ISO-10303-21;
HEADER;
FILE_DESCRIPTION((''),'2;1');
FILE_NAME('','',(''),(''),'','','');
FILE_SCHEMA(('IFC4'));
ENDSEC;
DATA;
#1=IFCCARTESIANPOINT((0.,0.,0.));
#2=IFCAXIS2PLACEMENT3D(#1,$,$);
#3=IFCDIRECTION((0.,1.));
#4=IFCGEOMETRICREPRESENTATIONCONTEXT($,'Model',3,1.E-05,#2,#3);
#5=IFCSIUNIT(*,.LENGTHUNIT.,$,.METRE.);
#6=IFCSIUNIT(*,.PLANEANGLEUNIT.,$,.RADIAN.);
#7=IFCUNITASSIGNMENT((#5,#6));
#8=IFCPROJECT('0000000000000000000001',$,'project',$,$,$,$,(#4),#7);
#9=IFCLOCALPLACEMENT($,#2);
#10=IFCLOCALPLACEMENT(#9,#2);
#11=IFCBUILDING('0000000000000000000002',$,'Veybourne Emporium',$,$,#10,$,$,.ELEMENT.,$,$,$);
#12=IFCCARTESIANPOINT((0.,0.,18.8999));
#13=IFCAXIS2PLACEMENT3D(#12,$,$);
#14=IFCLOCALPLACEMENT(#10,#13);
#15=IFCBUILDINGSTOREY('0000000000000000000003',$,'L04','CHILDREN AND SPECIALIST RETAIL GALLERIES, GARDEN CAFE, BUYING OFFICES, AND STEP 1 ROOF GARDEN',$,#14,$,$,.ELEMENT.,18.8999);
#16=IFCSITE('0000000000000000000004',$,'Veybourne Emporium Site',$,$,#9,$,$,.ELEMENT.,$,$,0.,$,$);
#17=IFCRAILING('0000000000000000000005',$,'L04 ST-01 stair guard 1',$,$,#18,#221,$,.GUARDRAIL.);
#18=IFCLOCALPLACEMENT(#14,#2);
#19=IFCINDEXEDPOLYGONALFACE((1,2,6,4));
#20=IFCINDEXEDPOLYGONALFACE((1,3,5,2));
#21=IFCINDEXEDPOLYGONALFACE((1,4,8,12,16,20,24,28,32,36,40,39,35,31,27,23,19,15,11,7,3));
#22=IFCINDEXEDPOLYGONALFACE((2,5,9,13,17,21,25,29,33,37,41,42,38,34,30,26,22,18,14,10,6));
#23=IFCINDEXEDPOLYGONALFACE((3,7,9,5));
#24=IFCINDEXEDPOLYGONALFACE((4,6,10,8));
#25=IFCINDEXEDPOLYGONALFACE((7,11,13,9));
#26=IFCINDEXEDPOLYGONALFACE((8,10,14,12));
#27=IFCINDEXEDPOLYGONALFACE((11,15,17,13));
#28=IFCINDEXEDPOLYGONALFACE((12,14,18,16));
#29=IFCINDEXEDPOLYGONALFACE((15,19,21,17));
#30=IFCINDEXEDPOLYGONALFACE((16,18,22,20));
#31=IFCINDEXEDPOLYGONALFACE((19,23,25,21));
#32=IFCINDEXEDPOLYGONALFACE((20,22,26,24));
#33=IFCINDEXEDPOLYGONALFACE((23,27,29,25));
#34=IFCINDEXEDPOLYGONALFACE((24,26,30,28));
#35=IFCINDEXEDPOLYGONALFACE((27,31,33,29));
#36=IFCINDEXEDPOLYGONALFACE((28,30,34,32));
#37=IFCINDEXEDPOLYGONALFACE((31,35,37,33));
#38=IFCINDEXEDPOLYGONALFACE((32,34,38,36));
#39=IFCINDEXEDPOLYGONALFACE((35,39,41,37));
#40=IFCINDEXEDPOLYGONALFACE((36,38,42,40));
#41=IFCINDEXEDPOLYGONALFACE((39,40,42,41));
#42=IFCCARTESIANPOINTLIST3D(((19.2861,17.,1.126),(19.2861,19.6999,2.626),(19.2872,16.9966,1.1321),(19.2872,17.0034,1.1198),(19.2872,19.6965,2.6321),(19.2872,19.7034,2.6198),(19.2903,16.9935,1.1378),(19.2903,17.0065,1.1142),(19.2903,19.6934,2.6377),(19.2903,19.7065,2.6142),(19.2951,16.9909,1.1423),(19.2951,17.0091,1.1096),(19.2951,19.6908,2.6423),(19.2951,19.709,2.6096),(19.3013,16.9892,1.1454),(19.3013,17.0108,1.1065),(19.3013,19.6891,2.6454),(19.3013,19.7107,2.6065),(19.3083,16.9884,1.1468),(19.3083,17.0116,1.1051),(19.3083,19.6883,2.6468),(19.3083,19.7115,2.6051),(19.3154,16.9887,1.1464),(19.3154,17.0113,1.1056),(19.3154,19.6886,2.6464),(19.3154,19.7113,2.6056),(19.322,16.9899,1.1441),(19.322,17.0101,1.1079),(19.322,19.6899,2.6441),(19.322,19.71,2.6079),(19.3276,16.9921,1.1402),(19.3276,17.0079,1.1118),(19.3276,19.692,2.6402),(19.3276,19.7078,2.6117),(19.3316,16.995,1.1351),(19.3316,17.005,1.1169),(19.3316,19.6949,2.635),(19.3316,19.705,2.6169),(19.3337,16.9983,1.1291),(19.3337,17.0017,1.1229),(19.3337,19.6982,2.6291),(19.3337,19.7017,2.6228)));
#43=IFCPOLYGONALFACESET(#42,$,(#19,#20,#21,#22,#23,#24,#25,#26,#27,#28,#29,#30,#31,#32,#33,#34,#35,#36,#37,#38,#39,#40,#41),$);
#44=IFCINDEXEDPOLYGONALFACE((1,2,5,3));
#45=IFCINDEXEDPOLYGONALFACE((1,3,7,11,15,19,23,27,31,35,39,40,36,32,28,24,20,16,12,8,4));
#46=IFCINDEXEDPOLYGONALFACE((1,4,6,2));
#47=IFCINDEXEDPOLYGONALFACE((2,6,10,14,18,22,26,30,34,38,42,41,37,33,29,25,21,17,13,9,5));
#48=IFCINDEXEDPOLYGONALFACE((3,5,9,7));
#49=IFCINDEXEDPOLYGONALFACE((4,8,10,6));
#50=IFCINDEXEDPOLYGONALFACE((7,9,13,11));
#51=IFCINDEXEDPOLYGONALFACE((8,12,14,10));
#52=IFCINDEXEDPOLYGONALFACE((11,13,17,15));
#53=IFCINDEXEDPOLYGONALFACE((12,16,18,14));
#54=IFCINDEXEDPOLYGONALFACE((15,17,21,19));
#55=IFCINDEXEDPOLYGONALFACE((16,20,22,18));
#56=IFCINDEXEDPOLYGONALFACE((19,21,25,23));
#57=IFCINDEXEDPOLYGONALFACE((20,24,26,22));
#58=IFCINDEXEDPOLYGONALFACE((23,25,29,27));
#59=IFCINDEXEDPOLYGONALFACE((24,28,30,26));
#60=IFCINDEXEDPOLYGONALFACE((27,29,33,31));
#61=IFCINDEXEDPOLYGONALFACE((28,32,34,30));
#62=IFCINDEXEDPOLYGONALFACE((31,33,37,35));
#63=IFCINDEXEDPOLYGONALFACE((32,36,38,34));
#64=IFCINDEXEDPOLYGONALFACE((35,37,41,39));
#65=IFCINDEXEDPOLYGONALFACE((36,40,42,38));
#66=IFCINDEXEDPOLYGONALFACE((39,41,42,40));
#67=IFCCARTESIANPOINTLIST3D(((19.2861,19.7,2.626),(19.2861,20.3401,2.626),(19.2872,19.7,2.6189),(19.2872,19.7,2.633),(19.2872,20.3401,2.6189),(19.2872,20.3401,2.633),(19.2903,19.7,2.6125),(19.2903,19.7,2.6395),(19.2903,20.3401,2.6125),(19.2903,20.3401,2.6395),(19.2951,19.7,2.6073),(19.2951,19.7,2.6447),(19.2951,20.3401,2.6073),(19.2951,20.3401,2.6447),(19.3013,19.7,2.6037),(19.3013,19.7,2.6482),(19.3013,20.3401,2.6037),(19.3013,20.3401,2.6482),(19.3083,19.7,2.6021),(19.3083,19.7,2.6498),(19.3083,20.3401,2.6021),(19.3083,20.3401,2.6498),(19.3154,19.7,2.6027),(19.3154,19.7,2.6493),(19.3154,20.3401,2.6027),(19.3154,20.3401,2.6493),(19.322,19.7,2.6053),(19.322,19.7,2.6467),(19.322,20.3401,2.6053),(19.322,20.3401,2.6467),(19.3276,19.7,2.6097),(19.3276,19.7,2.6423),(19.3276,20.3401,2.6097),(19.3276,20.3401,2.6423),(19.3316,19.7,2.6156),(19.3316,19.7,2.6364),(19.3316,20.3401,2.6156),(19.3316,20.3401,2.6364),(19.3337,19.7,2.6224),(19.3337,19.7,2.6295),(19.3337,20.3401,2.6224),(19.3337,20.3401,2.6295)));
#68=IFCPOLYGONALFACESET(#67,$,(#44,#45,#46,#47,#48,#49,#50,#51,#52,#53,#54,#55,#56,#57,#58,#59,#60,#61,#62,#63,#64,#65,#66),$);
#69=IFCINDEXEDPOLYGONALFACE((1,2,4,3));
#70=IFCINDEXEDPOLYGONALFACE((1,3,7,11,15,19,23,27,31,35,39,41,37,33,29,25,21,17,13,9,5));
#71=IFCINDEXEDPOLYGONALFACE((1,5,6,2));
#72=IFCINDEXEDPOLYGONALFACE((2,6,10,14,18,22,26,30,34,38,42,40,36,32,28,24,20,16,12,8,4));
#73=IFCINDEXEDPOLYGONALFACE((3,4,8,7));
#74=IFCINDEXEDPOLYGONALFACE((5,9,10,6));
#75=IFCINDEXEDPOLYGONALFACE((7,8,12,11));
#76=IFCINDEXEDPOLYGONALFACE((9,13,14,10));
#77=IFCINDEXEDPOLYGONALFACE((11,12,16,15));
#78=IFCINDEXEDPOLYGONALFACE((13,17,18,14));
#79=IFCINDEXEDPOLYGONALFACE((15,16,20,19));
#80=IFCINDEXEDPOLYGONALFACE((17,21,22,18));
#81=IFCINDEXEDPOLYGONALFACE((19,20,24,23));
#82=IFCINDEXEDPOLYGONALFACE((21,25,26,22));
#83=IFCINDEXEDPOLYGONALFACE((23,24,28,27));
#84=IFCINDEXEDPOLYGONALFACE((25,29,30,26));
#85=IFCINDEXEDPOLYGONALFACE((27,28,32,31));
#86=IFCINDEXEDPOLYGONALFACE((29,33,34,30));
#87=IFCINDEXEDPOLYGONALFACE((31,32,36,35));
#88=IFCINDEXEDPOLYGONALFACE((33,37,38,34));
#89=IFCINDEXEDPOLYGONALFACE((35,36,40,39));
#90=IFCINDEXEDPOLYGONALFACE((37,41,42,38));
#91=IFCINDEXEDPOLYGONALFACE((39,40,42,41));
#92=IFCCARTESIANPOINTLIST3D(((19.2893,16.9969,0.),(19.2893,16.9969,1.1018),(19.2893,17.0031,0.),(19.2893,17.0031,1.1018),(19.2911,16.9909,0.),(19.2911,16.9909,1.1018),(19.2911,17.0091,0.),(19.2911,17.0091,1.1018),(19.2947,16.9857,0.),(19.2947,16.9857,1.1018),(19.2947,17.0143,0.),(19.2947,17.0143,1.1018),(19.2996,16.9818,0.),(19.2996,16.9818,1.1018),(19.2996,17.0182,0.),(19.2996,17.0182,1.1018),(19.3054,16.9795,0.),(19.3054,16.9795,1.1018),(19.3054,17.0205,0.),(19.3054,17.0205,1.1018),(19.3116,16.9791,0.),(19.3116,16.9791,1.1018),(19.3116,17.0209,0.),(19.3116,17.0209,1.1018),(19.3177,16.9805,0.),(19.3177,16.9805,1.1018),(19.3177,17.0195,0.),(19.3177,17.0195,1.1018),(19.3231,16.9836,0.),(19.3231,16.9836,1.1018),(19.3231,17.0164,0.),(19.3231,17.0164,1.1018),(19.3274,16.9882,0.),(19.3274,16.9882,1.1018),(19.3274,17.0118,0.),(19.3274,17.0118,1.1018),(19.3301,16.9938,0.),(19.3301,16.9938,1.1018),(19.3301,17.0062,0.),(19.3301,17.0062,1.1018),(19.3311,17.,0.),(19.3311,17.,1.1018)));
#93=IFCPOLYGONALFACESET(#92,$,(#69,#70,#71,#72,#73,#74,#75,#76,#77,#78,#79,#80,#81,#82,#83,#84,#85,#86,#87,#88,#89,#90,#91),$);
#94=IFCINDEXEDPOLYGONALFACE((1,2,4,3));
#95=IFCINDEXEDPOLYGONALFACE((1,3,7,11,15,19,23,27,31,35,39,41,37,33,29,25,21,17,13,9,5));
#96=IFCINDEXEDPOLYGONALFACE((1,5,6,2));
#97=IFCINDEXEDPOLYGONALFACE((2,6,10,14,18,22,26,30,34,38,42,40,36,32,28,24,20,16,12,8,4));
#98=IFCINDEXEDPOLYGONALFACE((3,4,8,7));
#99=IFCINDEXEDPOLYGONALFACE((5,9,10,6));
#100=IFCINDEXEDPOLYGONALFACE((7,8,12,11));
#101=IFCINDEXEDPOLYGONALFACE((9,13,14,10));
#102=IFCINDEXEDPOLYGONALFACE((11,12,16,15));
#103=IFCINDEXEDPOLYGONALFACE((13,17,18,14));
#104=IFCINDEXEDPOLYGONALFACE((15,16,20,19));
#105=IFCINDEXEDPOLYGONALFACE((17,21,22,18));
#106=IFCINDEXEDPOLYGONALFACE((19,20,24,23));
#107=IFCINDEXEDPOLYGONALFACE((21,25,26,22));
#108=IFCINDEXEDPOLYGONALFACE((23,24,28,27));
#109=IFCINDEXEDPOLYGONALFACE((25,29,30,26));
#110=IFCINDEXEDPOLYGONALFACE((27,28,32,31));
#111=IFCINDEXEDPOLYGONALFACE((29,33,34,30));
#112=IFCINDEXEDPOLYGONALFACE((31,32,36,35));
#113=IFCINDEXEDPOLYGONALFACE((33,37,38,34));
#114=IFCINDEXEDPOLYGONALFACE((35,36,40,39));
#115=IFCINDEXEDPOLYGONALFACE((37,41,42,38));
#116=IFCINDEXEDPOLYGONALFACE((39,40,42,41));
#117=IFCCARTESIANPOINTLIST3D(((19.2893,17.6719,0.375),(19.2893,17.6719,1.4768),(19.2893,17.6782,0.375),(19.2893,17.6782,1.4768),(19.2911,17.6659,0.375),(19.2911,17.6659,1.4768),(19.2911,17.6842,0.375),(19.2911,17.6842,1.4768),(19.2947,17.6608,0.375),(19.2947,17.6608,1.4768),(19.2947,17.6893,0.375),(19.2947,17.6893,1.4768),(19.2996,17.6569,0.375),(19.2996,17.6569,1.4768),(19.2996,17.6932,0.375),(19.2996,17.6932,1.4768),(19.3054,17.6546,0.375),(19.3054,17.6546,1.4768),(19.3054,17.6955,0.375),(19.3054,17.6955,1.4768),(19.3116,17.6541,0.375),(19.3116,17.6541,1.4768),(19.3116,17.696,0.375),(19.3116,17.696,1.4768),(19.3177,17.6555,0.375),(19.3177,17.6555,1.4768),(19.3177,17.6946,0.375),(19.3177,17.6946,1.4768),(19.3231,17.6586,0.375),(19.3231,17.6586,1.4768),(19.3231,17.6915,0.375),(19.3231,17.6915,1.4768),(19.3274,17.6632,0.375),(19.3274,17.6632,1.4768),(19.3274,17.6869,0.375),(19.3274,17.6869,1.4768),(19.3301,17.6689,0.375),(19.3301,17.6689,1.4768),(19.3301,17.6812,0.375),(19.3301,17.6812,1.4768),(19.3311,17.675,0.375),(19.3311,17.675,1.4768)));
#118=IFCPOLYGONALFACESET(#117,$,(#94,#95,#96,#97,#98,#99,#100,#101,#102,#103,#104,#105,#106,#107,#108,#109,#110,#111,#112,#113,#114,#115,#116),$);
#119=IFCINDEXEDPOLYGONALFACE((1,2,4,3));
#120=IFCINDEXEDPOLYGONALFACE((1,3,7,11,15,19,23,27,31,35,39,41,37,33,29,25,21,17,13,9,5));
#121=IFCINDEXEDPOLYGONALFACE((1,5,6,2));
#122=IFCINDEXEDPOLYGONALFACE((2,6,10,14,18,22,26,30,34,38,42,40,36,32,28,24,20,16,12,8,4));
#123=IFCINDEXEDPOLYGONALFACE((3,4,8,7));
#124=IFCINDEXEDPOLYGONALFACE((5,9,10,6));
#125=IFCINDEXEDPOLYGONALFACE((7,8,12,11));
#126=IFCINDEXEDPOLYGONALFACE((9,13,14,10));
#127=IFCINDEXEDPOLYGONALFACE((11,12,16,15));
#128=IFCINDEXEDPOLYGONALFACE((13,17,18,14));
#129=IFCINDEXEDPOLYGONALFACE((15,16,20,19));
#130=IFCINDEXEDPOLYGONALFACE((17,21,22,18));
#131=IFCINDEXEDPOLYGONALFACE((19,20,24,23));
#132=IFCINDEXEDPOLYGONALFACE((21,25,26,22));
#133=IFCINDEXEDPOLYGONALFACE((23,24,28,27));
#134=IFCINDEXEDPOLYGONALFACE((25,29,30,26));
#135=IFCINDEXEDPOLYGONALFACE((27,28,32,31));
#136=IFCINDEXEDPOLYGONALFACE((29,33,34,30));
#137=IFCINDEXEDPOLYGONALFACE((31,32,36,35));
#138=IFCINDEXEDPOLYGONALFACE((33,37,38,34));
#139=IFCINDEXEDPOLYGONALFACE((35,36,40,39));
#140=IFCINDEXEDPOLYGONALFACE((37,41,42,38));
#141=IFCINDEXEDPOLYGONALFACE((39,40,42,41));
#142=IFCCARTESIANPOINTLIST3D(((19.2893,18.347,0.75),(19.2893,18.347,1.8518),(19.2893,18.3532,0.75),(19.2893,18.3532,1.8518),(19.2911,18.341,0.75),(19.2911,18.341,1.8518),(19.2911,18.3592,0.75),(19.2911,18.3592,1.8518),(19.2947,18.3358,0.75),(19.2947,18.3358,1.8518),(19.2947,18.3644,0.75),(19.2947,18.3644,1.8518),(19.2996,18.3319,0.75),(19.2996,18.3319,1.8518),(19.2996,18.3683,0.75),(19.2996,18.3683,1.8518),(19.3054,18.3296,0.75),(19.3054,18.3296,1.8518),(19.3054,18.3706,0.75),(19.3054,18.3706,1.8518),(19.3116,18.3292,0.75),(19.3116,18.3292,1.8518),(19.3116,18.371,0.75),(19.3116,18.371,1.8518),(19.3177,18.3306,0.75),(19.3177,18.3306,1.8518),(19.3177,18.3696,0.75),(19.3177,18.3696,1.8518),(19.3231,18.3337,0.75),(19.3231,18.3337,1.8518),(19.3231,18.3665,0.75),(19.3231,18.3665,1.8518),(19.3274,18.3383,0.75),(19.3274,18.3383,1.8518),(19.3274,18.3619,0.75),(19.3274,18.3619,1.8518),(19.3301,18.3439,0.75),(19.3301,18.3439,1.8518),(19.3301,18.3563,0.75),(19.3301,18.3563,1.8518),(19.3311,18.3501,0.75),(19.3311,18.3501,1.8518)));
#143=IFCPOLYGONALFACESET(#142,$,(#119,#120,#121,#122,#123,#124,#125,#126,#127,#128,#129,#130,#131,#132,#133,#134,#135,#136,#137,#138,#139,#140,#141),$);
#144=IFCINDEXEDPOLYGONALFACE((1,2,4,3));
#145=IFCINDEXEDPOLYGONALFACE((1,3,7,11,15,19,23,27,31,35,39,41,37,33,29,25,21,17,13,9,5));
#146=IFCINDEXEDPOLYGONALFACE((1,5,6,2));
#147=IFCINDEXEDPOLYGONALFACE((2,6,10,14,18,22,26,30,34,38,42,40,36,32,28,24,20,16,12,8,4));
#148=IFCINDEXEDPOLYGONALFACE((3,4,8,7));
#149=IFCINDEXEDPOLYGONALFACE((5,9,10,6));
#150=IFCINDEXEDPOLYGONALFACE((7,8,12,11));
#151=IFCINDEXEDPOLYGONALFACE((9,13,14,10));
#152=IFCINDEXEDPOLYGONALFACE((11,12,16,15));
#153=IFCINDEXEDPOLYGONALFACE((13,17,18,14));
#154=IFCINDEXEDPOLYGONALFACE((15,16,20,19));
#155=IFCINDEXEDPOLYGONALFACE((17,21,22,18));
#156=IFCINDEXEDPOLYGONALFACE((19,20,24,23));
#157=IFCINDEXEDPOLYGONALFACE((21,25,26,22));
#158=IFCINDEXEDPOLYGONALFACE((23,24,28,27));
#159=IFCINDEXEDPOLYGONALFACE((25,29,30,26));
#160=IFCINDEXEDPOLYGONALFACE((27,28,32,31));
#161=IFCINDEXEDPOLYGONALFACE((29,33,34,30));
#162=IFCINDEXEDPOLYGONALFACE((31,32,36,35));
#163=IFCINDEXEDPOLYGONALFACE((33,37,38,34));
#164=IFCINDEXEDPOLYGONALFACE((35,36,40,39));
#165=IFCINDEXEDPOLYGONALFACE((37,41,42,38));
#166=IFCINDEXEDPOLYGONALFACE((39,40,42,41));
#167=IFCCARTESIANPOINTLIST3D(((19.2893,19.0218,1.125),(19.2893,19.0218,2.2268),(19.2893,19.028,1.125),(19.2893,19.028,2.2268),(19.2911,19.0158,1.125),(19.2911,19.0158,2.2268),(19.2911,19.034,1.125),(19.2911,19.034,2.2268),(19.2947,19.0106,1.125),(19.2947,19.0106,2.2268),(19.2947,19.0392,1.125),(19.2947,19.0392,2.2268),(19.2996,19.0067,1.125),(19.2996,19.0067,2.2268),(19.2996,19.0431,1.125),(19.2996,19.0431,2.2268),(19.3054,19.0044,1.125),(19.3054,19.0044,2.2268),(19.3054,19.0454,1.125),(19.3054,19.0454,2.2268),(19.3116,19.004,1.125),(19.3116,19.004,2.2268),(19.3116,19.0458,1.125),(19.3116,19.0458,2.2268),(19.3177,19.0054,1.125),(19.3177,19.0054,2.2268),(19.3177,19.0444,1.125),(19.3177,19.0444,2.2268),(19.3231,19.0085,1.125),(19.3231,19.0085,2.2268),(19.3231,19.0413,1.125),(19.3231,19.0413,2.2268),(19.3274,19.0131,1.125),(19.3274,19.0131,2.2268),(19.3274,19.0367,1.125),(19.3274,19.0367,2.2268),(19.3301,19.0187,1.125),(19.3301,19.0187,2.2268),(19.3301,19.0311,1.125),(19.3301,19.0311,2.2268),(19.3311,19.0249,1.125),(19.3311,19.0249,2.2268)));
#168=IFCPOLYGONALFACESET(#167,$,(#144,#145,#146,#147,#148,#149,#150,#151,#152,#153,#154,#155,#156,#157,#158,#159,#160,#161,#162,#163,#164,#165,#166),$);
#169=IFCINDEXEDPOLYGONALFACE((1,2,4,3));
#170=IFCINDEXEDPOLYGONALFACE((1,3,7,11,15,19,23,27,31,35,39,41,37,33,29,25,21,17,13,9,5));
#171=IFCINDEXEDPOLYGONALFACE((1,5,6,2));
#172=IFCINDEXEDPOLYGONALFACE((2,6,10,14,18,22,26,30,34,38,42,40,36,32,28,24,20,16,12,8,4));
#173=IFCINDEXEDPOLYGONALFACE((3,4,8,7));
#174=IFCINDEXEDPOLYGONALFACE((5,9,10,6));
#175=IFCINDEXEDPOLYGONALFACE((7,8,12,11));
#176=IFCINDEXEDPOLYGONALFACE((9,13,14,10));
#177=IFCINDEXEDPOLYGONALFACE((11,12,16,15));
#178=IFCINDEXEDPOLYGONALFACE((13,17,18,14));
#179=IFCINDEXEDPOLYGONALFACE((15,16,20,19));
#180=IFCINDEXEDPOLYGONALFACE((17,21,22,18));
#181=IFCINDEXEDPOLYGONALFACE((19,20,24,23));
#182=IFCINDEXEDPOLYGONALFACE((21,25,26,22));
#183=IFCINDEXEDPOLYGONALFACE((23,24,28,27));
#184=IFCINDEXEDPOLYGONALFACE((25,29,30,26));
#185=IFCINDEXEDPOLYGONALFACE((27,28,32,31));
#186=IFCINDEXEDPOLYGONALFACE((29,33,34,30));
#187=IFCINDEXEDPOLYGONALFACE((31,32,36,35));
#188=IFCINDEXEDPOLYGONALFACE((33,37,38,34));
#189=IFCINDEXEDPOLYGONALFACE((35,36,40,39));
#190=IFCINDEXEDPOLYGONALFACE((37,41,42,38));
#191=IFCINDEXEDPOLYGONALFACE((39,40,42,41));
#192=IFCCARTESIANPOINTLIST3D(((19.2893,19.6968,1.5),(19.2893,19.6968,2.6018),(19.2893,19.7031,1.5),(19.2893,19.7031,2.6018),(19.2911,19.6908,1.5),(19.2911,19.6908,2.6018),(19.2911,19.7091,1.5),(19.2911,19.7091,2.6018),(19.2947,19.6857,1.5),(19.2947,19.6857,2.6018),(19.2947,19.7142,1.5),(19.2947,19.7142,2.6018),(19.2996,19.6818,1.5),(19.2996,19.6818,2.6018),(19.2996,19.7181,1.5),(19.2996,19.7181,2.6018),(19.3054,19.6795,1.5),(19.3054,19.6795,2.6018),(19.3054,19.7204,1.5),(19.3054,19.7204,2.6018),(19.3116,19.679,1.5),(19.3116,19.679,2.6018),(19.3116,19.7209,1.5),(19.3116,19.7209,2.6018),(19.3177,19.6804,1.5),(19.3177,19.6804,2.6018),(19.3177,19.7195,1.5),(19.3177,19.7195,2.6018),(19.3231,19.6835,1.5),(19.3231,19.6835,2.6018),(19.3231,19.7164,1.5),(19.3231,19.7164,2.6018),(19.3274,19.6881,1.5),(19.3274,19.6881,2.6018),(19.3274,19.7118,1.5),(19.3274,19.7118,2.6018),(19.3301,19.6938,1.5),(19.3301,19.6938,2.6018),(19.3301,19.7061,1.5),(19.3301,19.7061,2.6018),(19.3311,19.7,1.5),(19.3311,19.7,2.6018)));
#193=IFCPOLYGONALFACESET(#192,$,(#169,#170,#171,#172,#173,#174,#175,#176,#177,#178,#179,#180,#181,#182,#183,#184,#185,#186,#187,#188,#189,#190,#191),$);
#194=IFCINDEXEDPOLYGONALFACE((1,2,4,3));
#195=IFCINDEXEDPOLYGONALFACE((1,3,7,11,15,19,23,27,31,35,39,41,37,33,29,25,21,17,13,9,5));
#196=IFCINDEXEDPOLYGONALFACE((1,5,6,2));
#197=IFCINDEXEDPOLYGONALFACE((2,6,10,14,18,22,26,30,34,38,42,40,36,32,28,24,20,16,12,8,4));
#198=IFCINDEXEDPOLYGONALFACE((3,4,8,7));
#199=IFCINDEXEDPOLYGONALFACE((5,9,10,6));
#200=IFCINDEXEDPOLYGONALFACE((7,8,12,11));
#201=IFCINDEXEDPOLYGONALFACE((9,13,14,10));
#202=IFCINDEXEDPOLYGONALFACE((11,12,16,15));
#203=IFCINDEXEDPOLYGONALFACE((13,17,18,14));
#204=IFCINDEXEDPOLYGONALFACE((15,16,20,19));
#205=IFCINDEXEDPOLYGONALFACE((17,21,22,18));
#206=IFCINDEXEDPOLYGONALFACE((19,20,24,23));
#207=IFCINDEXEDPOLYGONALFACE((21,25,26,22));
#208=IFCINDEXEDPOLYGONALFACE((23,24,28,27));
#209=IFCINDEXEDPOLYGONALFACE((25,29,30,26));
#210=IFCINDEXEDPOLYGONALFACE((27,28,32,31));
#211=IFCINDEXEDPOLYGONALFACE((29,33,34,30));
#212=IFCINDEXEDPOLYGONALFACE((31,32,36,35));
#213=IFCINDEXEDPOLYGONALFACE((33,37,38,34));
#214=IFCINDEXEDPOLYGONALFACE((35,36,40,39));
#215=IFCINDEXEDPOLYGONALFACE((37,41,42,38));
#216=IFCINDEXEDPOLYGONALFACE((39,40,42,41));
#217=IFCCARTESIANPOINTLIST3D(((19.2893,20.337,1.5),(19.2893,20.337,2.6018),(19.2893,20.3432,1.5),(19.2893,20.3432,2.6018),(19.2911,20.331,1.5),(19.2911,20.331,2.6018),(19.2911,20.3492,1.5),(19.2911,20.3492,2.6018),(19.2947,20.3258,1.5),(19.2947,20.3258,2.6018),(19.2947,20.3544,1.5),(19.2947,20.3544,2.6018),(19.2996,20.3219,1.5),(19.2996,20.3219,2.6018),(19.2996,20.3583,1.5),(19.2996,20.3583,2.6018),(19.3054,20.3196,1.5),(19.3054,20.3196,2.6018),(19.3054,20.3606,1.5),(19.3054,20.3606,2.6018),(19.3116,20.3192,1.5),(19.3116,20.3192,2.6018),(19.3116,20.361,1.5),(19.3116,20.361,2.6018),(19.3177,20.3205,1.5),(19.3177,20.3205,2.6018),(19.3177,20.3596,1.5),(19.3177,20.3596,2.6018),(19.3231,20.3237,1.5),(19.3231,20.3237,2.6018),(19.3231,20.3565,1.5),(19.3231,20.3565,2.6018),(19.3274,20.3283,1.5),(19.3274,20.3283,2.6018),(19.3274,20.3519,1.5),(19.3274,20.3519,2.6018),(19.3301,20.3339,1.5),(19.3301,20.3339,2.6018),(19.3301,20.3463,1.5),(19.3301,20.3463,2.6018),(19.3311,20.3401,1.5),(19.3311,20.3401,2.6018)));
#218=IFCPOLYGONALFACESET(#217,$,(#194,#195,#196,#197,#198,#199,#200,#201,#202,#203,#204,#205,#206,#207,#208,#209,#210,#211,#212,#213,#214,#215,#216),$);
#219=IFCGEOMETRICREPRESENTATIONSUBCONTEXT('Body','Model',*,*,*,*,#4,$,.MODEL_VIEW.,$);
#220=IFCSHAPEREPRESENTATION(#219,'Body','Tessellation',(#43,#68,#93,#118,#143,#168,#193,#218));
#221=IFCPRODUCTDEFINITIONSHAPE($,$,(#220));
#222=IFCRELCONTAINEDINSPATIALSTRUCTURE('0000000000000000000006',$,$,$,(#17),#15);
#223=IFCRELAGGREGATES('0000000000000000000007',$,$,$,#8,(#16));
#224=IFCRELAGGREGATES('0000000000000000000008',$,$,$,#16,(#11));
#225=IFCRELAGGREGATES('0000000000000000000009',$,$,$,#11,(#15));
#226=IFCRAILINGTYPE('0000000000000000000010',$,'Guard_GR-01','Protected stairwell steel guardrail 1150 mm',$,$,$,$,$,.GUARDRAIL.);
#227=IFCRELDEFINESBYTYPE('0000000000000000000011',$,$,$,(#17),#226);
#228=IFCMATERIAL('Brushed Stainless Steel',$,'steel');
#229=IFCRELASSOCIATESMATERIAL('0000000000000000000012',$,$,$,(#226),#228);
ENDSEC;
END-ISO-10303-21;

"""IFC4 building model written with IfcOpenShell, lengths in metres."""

from ifc_helpers import new_model, si_unit, direction, frame, origin, origin_2d, place, context, subcontext, project, spatial, circle, extrude, material, type_object, element, save


model = new_model("IFC4")

# Units and contexts
model_context = context("Model", 3, precision=1e-05, world=origin(), true_north=direction((0.0, 1.0)))
body_context = subcontext(model_context, "Body", "Model", "MODEL_VIEW")
ifc_project = project(units=[si_unit("LENGTHUNIT", "METRE"), si_unit("PLANEANGLEUNIT", "RADIAN")], contexts=[model_context])

# Site, building, storey
site_placement = place(None, origin())
site = spatial("IfcSite", under=ifc_project, at=site_placement, Name="Veybourne Emporium Site", CompositionType="ELEMENT", RefElevation=0.0)
building_placement = place(site_placement, origin())
building = spatial("IfcBuilding", under=site, at=building_placement, Name="Veybourne Emporium", CompositionType="ELEMENT")
storey_placement = place(building_placement, frame((0.0, 0.0, 18.8999)))
storey = spatial("IfcBuildingStorey", under=building, at=storey_placement, Name="L04", Description="CHILDREN AND SPECIALIST RETAIL GALLERIES, GARDEN CAFE, BUYING OFFICES, AND STEP 1 ROOF GARDEN", CompositionType="ELEMENT", Elevation=18.8999)

# Railing
ifc_material_1 = material(Name="Brushed Stainless Steel", Category="steel")
railing_type_1 = type_object("IfcRailingType", Name="Guard_GR-01", Description="Protected stairwell steel guardrail 1150 mm", PredefinedType="GUARDRAIL", material=ifc_material_1)
railing_1_placement = place(storey_placement, frame((19.3101, 17.0, 0.0)))
element("IfcRailing", 1, at=railing_1_placement, inside=storey, type_object=railing_type_1, Name="L04 ST-01 stair guard 1", PredefinedType="GUARDRAIL", context=body_context, shape_type="SweptSolid", body=[
    extrude(circle(Radius=0.0239, at=origin_2d()), frame((0.0, 0.0, 1.126), z_axis=(0.0, 0.874154, 0.48565), x_axis=(-1.0, 0.0, 0.0)), (0.0, 0.0, 1.0), 3.0886),
    extrude(circle(Radius=0.0239, at=origin_2d()), frame((0.0, 2.7, 2.626), z_axis=(0.0, 1.0, 0.0), x_axis=(-1.0, 0.0, 0.0)), (0.0, 0.0, 1.0), 0.6401),
    extrude(circle(Radius=0.021, at=origin_2d()), origin(), (0.0, 0.0, 1.0), 1.1018),
    extrude(circle(Radius=0.021, at=origin_2d()), frame((0.0, 0.675, 0.375)), (0.0, 0.0, 1.0), 1.1018),
    extrude(circle(Radius=0.021, at=origin_2d()), frame((0.0, 1.3501, 0.75)), (0.0, 0.0, 1.0), 1.1018),
    extrude(circle(Radius=0.021, at=origin_2d()), frame((0.0, 2.0249, 1.125)), (0.0, 0.0, 1.0), 1.1018),
    extrude(circle(Radius=0.021, at=origin_2d()), frame((0.0, 2.7, 1.5)), (0.0, 0.0, 1.0), 1.1018),
    extrude(circle(Radius=0.021, at=origin_2d()), frame((0.0, 3.3401, 1.5)), (0.0, 0.0, 1.0), 1.1018),
])

save(model, "model.ifc")
